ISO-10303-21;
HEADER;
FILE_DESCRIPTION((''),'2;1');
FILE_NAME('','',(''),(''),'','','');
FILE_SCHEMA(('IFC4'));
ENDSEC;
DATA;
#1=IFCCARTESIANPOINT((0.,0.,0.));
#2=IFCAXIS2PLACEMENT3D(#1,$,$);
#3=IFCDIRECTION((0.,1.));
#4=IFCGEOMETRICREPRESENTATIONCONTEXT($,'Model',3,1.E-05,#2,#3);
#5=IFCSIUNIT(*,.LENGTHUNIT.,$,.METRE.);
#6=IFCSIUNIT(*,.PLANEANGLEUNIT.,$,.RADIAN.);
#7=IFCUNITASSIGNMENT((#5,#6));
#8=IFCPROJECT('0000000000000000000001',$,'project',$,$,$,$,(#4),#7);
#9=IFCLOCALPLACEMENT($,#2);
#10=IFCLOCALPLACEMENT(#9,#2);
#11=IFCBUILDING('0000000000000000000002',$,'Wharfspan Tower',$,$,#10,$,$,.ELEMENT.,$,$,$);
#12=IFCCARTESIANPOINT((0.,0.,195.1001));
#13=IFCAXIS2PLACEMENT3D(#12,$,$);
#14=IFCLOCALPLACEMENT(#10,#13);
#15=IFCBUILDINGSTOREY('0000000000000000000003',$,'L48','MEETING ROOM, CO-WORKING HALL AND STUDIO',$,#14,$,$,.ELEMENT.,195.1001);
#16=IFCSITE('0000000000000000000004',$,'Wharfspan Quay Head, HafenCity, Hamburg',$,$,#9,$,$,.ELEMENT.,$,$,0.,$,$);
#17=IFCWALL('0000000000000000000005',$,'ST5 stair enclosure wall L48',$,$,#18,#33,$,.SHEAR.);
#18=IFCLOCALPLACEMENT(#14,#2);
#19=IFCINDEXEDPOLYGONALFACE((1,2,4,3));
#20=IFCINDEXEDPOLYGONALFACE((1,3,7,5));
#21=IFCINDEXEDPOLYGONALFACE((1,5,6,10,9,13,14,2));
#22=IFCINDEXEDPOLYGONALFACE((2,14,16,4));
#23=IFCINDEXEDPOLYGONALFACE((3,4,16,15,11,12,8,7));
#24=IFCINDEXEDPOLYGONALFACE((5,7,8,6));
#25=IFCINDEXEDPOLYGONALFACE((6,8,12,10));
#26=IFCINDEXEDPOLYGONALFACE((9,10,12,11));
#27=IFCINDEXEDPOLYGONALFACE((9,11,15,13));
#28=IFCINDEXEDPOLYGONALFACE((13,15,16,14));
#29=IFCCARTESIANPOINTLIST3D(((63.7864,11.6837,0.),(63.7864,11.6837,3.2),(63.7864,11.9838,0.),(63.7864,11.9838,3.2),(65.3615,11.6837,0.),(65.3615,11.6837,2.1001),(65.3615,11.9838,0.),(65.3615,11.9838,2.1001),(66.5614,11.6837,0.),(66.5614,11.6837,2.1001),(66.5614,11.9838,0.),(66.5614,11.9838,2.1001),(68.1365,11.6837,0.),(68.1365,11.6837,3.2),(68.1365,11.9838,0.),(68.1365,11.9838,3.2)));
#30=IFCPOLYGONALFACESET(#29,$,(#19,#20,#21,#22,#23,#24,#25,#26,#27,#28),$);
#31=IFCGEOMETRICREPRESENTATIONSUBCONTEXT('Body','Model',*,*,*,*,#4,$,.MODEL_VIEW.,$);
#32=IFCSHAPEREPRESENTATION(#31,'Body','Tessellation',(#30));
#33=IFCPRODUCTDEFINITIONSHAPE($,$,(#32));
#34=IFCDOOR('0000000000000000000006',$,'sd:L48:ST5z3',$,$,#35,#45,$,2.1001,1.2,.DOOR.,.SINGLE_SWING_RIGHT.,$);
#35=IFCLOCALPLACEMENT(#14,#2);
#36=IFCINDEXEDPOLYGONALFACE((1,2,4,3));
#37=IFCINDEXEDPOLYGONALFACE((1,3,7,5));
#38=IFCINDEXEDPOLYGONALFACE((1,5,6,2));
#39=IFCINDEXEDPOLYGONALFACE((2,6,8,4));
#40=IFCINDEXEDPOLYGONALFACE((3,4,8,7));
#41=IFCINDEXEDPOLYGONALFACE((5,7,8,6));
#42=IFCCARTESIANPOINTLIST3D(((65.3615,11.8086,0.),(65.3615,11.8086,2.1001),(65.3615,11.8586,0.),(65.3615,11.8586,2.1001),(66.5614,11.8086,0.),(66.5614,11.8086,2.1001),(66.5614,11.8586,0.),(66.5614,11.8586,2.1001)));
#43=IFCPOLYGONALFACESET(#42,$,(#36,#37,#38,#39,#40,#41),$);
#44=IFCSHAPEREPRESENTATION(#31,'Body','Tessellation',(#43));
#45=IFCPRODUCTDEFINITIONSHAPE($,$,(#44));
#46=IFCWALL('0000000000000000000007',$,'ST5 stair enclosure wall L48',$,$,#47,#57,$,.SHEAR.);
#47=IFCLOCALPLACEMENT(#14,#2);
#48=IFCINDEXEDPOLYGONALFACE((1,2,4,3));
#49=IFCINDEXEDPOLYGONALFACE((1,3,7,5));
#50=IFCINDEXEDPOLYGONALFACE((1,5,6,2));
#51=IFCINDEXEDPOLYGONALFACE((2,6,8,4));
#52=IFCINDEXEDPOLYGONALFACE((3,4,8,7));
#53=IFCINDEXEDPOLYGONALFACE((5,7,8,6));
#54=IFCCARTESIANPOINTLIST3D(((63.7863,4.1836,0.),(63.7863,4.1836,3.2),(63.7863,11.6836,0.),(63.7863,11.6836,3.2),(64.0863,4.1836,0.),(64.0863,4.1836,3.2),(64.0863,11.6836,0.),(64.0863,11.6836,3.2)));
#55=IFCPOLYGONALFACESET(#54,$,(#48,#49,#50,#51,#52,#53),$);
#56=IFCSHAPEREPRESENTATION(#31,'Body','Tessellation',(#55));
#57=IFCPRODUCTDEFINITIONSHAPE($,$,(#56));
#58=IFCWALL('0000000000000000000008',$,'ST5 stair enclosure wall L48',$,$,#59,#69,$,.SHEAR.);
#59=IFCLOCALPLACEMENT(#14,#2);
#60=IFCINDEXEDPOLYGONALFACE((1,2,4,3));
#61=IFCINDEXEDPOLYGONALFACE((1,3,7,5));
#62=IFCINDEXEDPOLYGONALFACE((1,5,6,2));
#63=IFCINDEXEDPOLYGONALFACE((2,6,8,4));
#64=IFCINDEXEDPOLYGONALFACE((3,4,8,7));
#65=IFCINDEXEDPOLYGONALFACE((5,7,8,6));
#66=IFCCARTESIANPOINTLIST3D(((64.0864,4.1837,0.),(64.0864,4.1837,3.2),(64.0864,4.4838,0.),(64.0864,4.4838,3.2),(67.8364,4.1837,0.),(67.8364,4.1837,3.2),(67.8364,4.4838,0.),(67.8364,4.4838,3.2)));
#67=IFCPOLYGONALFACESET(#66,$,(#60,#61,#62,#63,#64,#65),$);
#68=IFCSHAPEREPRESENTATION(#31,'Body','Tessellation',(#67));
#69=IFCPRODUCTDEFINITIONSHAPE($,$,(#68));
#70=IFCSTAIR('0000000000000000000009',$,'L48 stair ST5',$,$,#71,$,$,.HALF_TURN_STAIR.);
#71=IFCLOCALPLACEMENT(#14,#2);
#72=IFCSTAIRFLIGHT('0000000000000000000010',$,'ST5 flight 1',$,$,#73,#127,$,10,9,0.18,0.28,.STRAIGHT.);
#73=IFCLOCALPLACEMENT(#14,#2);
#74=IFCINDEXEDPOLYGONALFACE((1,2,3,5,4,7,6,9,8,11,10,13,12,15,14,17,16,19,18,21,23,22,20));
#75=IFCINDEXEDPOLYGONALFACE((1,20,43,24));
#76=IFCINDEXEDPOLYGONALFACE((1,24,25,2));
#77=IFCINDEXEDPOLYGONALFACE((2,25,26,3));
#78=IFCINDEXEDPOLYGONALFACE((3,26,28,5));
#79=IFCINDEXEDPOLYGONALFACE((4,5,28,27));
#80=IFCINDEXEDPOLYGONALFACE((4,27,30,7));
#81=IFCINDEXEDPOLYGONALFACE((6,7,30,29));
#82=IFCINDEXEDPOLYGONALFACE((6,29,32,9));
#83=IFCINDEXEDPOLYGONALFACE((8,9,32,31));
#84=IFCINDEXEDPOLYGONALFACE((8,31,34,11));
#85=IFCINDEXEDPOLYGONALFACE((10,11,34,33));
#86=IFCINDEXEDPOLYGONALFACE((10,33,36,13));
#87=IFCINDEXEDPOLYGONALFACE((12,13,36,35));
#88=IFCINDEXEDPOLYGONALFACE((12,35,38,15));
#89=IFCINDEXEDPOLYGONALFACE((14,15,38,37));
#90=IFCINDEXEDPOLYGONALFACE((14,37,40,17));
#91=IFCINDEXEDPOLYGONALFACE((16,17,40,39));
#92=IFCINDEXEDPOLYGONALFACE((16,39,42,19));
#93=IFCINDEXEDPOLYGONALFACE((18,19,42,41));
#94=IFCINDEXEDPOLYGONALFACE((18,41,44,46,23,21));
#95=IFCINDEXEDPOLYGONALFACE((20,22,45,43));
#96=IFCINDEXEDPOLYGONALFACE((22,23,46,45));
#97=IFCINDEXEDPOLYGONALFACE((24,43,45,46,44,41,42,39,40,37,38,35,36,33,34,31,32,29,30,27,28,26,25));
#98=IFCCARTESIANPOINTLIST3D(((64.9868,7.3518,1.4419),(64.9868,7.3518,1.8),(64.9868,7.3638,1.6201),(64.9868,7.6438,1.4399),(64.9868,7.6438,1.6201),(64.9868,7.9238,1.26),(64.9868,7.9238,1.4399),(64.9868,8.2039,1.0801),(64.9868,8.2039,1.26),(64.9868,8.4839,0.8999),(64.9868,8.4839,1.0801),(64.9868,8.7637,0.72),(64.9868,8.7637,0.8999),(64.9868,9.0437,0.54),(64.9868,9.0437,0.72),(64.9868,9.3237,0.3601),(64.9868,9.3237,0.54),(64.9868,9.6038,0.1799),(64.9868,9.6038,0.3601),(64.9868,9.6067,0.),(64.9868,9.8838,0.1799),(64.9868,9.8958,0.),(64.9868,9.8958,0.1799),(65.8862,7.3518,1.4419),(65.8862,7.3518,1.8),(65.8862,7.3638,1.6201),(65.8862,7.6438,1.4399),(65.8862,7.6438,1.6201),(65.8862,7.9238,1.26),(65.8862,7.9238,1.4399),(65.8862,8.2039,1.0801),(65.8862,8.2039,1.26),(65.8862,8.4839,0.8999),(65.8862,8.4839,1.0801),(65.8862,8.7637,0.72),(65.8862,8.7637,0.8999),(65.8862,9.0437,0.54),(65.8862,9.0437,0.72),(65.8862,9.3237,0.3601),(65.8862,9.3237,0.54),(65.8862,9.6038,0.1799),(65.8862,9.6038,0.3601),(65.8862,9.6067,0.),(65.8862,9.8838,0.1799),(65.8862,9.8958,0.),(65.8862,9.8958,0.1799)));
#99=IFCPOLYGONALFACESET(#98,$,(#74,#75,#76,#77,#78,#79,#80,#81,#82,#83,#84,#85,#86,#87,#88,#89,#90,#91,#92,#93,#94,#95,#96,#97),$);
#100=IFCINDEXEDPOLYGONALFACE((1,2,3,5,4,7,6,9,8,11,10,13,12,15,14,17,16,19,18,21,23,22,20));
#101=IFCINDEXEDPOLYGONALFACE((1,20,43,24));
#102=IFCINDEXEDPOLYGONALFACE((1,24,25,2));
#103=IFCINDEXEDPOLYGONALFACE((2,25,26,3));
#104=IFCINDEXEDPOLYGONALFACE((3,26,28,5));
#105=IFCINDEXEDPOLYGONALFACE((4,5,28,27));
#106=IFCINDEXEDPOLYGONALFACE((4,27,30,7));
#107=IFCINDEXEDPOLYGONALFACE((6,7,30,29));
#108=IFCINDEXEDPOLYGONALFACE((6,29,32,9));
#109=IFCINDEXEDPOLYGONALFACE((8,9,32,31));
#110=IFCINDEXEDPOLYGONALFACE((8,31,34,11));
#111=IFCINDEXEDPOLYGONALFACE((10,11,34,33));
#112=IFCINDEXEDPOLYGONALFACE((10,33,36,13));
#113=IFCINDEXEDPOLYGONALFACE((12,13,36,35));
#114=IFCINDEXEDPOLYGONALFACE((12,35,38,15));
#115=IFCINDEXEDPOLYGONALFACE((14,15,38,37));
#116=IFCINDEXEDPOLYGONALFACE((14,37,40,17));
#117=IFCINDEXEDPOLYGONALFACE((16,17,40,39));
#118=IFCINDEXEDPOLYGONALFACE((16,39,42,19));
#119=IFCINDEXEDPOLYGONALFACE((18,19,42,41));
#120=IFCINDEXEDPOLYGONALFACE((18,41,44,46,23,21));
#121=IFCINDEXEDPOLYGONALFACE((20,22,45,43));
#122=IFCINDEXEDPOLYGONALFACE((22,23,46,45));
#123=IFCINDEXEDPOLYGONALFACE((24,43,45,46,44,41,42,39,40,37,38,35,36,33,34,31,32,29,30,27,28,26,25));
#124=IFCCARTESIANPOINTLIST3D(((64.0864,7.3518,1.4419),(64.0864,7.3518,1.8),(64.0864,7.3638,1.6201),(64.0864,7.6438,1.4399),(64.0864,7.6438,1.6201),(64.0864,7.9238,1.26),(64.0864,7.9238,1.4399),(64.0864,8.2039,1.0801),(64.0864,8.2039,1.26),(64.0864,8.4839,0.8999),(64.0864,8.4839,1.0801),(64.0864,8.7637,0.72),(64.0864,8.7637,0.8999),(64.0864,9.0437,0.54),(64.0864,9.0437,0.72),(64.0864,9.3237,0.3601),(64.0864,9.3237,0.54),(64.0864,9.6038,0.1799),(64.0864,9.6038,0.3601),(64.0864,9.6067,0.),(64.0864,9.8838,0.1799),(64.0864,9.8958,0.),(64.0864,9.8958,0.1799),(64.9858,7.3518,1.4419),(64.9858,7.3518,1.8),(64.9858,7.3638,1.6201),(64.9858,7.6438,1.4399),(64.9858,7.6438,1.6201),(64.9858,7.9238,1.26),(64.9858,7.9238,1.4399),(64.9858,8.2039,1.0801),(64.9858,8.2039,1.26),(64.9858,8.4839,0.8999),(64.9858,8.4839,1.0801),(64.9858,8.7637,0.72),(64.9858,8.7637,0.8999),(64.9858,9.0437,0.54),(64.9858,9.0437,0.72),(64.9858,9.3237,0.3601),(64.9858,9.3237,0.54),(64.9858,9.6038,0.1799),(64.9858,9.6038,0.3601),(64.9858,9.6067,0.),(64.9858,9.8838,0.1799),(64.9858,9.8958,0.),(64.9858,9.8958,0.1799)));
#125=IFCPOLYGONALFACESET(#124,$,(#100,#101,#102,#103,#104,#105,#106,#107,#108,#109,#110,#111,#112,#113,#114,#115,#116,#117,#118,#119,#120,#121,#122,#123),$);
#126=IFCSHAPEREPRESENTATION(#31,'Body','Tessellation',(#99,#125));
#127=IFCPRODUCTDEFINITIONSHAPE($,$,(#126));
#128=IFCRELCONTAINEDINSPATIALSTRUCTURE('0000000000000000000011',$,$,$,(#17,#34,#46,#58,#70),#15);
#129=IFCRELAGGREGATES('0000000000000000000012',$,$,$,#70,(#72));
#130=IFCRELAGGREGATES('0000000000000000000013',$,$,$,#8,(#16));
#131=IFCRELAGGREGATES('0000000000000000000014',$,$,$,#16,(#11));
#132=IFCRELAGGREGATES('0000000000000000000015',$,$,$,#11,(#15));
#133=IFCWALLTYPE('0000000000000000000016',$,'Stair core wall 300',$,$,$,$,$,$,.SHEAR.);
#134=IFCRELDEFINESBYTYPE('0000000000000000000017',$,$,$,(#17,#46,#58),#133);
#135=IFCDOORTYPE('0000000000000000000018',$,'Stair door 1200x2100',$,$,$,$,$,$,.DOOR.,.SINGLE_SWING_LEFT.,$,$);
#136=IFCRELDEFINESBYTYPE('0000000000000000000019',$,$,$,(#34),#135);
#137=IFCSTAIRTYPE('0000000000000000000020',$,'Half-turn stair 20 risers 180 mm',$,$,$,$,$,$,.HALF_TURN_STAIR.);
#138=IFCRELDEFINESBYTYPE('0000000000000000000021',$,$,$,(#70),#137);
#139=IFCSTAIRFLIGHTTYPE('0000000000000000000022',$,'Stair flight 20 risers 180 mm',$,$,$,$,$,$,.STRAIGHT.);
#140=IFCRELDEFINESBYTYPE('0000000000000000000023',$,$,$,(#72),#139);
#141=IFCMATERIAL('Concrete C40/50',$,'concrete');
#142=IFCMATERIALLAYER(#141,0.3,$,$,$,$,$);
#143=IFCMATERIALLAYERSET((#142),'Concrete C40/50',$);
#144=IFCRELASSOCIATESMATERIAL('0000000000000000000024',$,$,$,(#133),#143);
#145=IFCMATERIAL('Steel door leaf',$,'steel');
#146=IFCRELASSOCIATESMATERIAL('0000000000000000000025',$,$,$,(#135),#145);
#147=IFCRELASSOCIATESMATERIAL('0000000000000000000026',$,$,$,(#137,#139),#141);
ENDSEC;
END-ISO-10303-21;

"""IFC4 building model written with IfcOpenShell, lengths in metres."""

from ifc_helpers import new_model, si_unit, direction, frame, frame_2d, origin, place, context, subcontext, project, spatial, polyline, rectangle, outline, extrude, material, layer, layer_set, type_object, element, fill, aggregate, save


model = new_model("IFC4")

# Units and contexts
model_context = context("Model", 3, precision=1e-05, world=origin(), true_north=direction((0.0, 1.0)))
body_context = subcontext(model_context, "Body", "Model", "MODEL_VIEW")
ifc_project = project(units=[si_unit("LENGTHUNIT", "METRE"), si_unit("PLANEANGLEUNIT", "RADIAN")], contexts=[model_context])

# Site, building, storey
site_placement = place(None, origin())
site = spatial("IfcSite", under=ifc_project, at=site_placement, Name="Wharfspan Quay Head, HafenCity, Hamburg", CompositionType="ELEMENT", RefElevation=0.0)
building_placement = place(site_placement, origin())
building = spatial("IfcBuilding", under=site, at=building_placement, Name="Wharfspan Tower", CompositionType="ELEMENT")
storey_placement = place(building_placement, frame((0.0, 0.0, 195.1001)))
storey = spatial("IfcBuildingStorey", under=building, at=storey_placement, Name="L48", Description="MEETING ROOM, CO-WORKING HALL AND STUDIO", CompositionType="ELEMENT", Elevation=195.1001)

# Wall, opening, door
ifc_material_1 = material(Name="Concrete C40/50", Category="concrete")
ifc_layer_1 = layer(ifc_material_1, 0.3)
ifc_layer_set_1 = layer_set([ifc_layer_1], Name="Concrete C40/50")
wall_type_1 = type_object("IfcWallType", Name="Stair core wall 300", PredefinedType="SHEAR", material=ifc_layer_set_1)
wall_1_placement = place(storey_placement, frame((63.7864, 11.8337, 0.0), z_axis=(0.0, 0.0, 1.0), x_axis=(1.0, 0.0, 0.0)))
wall_1 = element("IfcWall", 1, at=wall_1_placement, inside=storey, type_object=wall_type_1, Name="ST5 stair enclosure wall L48", PredefinedType="SHEAR", context=body_context, shape_type="SweptSolid", body=[
    extrude(rectangle(XDim=4.3501, YDim=0.3, at=frame_2d((2.175, 0.0))), origin(), (0.0, 0.0, 1.0), 3.2),
])
opening_1_placement = place(wall_1_placement, frame((1.575, 0.0, 0.0)))
opening_1 = element("IfcOpeningElement", 2, at=opening_1_placement, cuts=wall_1, PredefinedType="OPENING", context=body_context, shape_type="SweptSolid", body=[
    extrude(rectangle(XDim=1.2, YDim=2.1001, at=frame_2d((0.6001, 1.05))), frame((0.0, 0.1599, 0.0), z_axis=(0.0, -1.0, 0.0), x_axis=(1.0, 0.0, 0.0)), (0.0, 0.0, 1.0), 0.3201),
])
ifc_material_2 = material(Name="Steel door leaf", Category="steel")
door_type_1 = type_object("IfcDoorType", Name="Stair door 1200x2100", OperationType="SINGLE_SWING_LEFT", PredefinedType="DOOR", material=ifc_material_2)
door_1_placement = place(opening_1_placement, origin())
door_1 = element("IfcDoor", 3, at=door_1_placement, inside=storey, type_object=door_type_1, Name="sd:L48:ST5z3", OperationType="SINGLE_SWING_RIGHT", OverallHeight=2.1001, OverallWidth=1.2, PredefinedType="DOOR", context=body_context, shape_type="SweptSolid", body=[
    extrude(rectangle(XDim=1.2, YDim=2.1001, at=frame_2d((0.6001, 1.05))), frame((0.0, 0.0249, 0.0), z_axis=(0.0, -1.0, 0.0), x_axis=(1.0, 0.0, 0.0)), (0.0, 0.0, 1.0), 0.05),
])
fill(opening_1, door_1)

# Walls
wall_2_placement = place(storey_placement, frame((63.9363, 4.1836, 0.0), z_axis=(0.0, 0.0, 1.0), x_axis=(0.0, 1.0, 0.0)))
element("IfcWall", 4, at=wall_2_placement, inside=storey, type_object=wall_type_1, Name="ST5 stair enclosure wall L48", PredefinedType="SHEAR", context=body_context, shape_type="SweptSolid", body=[
    extrude(rectangle(XDim=7.5, YDim=0.3, at=frame_2d((3.75, 0.0))), origin(), (0.0, 0.0, 1.0), 3.2),
])
wall_3_placement = place(storey_placement, frame((64.0864, 4.3337, 0.0), z_axis=(0.0, 0.0, 1.0), x_axis=(1.0, 0.0, 0.0)))
element("IfcWall", 5, at=wall_3_placement, inside=storey, type_object=wall_type_1, Name="ST5 stair enclosure wall L48", PredefinedType="SHEAR", context=body_context, shape_type="SweptSolid", body=[
    extrude(rectangle(XDim=3.75, YDim=0.3, at=frame_2d((1.875, 0.0))), origin(), (0.0, 0.0, 1.0), 3.2),
])

# Stair, stair flight
stair_type = type_object("IfcStairType", Name="Half-turn stair 20 risers 180 mm", PredefinedType="HALF_TURN_STAIR", material=ifc_material_1)
stair_placement = place(storey_placement, origin())
stair = element("IfcStair", 6, at=stair_placement, inside=storey, type_object=stair_type, Name="L48 stair ST5", PredefinedType="HALF_TURN_STAIR")
stair_flight_type = type_object("IfcStairFlightType", Name="Stair flight 20 risers 180 mm", PredefinedType="STRAIGHT", material=ifc_material_1)
stair_flight_placement = place(storey_placement, frame((64.9863, 9.8838, 0.0), z_axis=(0.0, 0.0, 1.0), x_axis=(0.0, -1.0, 0.0)))
stair_flight = element("IfcStairFlight", 7, at=stair_flight_placement, type_object=stair_flight_type, Name="ST5 flight 1", NumberOfRisers=10, NumberOfTreads=9, PredefinedType="STRAIGHT", RiserHeight=0.18, TreadLength=0.28, context=body_context, shape_type="SweptSolid", body=[
    extrude(outline(polyline([(-0.012, 0.0), (-0.012, 0.1799), (0.0, 0.1799), (0.28, 0.1799), (0.28, 0.3601), (0.5601, 0.3601), (0.5601, 0.54), (0.8401, 0.54), (0.8401, 0.72), (1.1201, 0.72), (1.1201, 0.8999), (1.3999, 0.8999), (1.3999, 1.0801), (1.6799, 1.0801), (1.6799, 1.26), (1.96, 1.26), (1.96, 1.4399), (2.24, 1.4399), (2.24, 1.6201), (2.52, 1.6201), (2.532, 1.8), (2.532, 1.4419), (0.2771, 0.0), (-0.012, 0.0)])), frame((0.0, 0.8999, 0.0), z_axis=(0.0, -1.0, 0.0), x_axis=(1.0, 0.0, 0.0)), (0.0, 0.0, 1.0), 0.8994),
    extrude(outline(polyline([(-0.012, 0.0), (-0.012, 0.1799), (0.0, 0.1799), (0.28, 0.1799), (0.28, 0.3601), (0.5601, 0.3601), (0.5601, 0.54), (0.8401, 0.54), (0.8401, 0.72), (1.1201, 0.72), (1.1201, 0.8999), (1.3999, 0.8999), (1.3999, 1.0801), (1.6799, 1.0801), (1.6799, 1.26), (1.96, 1.26), (1.96, 1.4399), (2.24, 1.4399), (2.24, 1.6201), (2.52, 1.6201), (2.532, 1.8), (2.532, 1.4419), (0.2771, 0.0), (-0.012, 0.0)])), frame((0.0, -0.0005, 0.0), z_axis=(0.0, -1.0, 0.0), x_axis=(1.0, 0.0, 0.0)), (0.0, 0.0, 1.0), 0.8994),
])
aggregate(stair, [stair_flight])

save(model, "model.ifc")
